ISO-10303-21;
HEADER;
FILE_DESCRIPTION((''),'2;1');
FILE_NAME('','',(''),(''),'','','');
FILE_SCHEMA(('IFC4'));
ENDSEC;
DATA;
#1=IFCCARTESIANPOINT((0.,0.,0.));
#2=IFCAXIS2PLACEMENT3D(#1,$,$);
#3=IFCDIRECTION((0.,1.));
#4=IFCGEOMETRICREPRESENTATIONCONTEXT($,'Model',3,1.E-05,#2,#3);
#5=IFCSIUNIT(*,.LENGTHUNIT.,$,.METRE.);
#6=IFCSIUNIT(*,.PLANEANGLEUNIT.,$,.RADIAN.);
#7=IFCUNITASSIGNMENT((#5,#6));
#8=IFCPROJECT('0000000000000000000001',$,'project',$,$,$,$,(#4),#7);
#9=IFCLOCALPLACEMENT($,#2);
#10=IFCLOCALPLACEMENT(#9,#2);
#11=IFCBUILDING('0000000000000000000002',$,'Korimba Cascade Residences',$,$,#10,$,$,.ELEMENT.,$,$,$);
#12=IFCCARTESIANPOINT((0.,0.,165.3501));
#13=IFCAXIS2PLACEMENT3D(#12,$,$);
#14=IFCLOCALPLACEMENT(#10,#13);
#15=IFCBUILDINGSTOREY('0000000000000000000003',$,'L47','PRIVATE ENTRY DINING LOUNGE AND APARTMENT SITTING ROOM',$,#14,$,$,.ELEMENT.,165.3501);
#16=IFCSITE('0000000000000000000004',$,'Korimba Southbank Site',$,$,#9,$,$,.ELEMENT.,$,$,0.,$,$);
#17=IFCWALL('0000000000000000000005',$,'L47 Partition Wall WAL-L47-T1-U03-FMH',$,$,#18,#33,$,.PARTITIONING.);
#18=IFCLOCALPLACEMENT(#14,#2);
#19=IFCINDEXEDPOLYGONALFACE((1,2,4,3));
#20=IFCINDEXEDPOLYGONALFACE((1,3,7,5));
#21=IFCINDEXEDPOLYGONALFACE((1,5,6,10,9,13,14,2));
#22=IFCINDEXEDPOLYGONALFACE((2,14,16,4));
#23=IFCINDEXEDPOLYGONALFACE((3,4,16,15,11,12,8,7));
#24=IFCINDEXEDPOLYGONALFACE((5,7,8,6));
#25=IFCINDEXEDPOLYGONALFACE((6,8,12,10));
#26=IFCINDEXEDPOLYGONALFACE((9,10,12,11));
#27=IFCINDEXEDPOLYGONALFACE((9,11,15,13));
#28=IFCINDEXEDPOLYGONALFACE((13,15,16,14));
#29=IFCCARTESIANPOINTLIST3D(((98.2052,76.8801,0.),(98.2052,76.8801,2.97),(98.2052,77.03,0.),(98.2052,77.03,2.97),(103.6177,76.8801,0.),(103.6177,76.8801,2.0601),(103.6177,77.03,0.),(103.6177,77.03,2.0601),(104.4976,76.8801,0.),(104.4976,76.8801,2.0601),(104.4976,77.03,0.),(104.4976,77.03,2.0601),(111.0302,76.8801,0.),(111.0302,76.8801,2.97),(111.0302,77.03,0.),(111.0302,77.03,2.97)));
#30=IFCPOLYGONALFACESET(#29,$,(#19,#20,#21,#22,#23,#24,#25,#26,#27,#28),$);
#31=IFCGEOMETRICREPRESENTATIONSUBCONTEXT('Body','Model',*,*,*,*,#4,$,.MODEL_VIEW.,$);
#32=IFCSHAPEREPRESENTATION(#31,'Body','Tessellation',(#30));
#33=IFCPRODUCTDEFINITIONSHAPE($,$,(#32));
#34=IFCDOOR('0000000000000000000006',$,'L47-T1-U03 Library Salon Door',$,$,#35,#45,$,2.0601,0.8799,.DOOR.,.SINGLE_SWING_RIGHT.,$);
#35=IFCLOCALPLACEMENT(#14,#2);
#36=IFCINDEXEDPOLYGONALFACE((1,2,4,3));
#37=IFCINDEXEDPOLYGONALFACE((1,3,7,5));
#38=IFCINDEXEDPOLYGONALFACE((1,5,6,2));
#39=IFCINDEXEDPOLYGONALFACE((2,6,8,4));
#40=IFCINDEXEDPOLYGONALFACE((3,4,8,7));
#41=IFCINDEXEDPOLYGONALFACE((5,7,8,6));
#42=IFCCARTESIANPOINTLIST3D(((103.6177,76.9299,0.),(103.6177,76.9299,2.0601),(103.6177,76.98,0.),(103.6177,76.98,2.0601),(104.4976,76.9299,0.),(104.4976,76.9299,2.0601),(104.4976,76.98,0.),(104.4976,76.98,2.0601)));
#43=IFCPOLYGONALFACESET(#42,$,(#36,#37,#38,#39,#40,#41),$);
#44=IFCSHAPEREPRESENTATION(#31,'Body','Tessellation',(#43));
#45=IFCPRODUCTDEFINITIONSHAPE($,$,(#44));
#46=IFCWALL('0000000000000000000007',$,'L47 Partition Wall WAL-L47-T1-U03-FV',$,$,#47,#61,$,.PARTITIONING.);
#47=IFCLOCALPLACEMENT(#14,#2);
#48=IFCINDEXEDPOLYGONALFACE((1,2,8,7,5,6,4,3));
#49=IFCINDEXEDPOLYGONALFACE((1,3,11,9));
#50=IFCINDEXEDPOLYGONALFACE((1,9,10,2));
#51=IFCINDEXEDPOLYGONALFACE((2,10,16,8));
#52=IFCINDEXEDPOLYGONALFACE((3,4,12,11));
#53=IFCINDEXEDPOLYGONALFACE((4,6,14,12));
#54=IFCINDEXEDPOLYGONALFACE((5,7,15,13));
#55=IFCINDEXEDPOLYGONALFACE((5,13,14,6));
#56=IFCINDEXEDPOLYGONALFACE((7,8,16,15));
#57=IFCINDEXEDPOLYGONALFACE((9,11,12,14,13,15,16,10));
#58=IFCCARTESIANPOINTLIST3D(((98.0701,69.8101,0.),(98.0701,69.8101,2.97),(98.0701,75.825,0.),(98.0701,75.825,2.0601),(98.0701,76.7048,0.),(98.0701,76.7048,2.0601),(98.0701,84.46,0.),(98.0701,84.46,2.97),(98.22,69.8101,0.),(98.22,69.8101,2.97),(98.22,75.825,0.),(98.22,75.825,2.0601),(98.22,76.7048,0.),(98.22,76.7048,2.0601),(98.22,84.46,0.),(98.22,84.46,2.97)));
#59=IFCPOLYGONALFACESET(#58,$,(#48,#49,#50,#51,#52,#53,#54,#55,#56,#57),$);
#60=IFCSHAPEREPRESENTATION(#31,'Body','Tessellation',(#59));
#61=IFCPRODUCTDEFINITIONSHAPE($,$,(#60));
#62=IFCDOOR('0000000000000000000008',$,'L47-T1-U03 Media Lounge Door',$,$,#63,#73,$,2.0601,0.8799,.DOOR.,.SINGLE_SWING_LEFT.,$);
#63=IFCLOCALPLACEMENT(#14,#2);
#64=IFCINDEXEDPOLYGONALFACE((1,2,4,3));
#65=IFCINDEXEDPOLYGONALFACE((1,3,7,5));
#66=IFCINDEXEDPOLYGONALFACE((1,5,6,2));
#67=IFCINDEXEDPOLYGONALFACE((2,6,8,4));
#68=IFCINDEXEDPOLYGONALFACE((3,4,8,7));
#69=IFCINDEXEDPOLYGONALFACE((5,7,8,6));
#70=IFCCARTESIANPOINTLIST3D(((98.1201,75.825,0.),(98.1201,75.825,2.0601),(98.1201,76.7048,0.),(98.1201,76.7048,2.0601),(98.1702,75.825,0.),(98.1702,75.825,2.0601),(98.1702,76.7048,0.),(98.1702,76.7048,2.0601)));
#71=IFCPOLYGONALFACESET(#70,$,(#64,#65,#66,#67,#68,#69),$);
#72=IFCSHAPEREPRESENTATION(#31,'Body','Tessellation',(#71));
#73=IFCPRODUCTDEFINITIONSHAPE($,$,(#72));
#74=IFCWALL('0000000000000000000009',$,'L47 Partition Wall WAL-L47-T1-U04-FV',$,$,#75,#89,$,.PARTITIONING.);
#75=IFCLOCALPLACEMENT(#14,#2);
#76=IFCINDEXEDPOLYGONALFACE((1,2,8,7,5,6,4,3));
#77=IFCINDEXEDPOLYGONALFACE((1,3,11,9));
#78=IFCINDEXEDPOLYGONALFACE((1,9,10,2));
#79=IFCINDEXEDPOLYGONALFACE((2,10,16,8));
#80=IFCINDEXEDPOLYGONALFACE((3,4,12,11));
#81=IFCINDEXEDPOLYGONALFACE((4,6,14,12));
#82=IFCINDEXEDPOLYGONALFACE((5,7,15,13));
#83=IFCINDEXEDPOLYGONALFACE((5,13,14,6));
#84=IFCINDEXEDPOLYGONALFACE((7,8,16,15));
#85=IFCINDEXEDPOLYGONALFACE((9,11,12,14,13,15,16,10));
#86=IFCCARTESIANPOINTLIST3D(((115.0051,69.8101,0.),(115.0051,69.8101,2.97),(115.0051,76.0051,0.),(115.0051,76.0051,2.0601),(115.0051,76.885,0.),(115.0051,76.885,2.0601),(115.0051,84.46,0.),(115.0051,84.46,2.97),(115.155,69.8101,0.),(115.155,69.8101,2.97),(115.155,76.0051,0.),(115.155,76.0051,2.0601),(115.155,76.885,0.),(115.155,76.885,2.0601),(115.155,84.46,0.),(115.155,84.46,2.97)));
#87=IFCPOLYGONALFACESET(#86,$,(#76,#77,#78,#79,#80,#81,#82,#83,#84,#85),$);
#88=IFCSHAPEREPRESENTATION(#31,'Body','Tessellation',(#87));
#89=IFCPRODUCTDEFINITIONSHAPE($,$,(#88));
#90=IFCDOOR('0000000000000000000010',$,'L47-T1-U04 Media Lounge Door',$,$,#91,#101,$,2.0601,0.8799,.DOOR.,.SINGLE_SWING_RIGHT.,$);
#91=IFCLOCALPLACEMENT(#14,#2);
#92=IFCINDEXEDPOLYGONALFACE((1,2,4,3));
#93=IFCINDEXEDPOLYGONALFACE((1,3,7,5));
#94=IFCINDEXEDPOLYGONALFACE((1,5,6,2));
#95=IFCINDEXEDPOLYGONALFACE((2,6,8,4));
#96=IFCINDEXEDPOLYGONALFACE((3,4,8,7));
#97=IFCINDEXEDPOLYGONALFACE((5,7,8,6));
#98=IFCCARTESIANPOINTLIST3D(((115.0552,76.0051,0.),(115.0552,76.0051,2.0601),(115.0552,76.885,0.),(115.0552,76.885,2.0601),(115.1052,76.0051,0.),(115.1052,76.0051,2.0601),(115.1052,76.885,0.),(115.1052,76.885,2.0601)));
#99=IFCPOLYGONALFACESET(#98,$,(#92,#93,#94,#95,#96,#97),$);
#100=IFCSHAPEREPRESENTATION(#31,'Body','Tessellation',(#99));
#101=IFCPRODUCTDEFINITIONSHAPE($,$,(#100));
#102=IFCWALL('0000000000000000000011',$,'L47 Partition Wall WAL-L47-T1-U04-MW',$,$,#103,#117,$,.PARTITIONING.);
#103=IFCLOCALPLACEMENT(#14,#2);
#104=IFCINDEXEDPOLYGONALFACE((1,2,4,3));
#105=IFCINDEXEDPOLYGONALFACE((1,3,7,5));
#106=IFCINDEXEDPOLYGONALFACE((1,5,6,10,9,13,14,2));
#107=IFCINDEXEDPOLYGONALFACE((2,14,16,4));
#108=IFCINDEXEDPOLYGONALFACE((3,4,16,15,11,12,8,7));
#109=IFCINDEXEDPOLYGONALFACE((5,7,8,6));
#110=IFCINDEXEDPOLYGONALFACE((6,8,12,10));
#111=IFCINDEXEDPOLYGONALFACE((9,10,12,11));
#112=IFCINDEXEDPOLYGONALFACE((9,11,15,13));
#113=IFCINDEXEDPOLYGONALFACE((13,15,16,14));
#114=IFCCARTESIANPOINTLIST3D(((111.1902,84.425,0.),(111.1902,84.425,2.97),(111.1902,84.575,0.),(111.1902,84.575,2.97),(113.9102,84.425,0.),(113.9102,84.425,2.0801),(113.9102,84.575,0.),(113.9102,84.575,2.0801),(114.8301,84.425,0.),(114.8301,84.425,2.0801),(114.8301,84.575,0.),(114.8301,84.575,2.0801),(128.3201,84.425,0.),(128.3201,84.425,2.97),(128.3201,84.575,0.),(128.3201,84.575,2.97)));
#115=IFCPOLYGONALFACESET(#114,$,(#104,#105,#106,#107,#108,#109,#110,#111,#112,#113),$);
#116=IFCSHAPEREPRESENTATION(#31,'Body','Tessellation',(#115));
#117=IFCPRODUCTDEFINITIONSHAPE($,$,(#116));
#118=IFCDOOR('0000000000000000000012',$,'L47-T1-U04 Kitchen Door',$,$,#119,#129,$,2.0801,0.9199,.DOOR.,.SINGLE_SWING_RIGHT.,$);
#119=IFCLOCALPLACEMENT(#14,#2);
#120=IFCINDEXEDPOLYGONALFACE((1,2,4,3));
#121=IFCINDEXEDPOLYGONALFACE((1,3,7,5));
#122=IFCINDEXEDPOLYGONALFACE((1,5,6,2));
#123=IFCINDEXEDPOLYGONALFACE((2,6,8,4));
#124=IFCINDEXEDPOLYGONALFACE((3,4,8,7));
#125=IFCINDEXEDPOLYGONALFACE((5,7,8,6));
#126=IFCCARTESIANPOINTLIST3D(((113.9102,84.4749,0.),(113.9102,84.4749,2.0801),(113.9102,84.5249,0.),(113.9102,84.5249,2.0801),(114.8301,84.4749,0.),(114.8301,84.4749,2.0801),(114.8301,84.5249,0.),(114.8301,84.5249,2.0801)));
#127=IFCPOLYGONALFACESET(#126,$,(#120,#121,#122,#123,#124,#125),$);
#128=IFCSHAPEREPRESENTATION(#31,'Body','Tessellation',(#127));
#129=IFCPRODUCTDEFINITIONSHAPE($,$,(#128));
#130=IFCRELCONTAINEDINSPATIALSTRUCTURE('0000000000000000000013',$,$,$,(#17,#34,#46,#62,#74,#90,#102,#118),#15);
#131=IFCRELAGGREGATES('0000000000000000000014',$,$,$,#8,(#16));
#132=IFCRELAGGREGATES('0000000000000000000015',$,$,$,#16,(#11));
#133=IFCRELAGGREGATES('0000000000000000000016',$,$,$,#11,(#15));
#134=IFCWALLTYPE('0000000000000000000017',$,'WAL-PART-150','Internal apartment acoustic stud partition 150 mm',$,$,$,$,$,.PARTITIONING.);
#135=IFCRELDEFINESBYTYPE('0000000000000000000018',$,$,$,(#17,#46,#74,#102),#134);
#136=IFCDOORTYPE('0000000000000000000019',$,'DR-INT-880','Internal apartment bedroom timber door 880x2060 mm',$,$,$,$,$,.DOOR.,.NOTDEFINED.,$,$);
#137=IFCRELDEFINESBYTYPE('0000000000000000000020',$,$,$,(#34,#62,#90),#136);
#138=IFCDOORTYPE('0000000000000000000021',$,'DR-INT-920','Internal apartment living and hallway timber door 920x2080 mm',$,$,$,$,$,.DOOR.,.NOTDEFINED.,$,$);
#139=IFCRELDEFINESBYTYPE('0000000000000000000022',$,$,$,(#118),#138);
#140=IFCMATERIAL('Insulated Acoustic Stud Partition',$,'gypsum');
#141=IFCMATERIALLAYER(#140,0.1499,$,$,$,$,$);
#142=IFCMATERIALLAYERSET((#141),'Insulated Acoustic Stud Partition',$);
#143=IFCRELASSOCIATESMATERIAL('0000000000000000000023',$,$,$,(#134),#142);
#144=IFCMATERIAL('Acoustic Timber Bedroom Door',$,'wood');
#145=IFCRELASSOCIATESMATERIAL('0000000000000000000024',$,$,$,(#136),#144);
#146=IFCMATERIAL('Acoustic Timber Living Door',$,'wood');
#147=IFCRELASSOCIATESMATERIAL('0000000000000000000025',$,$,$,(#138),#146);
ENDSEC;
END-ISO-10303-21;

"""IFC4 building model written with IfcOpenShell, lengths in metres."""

from ifc_helpers import new_model, si_unit, direction, frame, frame_2d, origin, place, context, subcontext, project, spatial, rectangle, extrude, material, layer, layer_set, type_object, element, fill, save


model = new_model("IFC4")

# Units and contexts
model_context = context("Model", 3, precision=1e-05, world=origin(), true_north=direction((0.0, 1.0)))
body_context = subcontext(model_context, "Body", "Model", "MODEL_VIEW")
ifc_project = project(units=[si_unit("LENGTHUNIT", "METRE"), si_unit("PLANEANGLEUNIT", "RADIAN")], contexts=[model_context])

# Site, building, storey
site_placement = place(None, origin())
site = spatial("IfcSite", under=ifc_project, at=site_placement, Name="Korimba Southbank Site", CompositionType="ELEMENT", RefElevation=0.0)
building_placement = place(site_placement, origin())
building = spatial("IfcBuilding", under=site, at=building_placement, Name="Korimba Cascade Residences", CompositionType="ELEMENT")
storey_placement = place(building_placement, frame((0.0, 0.0, 165.3501)))
storey = spatial("IfcBuildingStorey", under=building, at=storey_placement, Name="L47", Description="PRIVATE ENTRY DINING LOUNGE AND APARTMENT SITTING ROOM", CompositionType="ELEMENT", Elevation=165.3501)

# Shared definitions
ifc_material_1 = material(Name="Insulated Acoustic Stud Partition", Category="gypsum")
ifc_layer_1 = layer(ifc_material_1, 0.1499)
ifc_layer_set_1 = layer_set([ifc_layer_1], Name="Insulated Acoustic Stud Partition")
wall_type_1 = type_object("IfcWallType", Name="WAL-PART-150", Description="Internal apartment acoustic stud partition 150 mm", PredefinedType="PARTITIONING", material=ifc_layer_set_1)
ifc_material_2 = material(Name="Acoustic Timber Bedroom Door", Category="wood")
door_type_1 = type_object("IfcDoorType", Name="DR-INT-880", Description="Internal apartment bedroom timber door 880x2060 mm", OperationType="NOTDEFINED", PredefinedType="DOOR", material=ifc_material_2)

# Walls, openings, doors
wall_1_placement = place(storey_placement, frame((98.2051, 76.9551, 0.0), z_axis=(0.0, 0.0, 1.0), x_axis=(1.0, 0.0, 0.0)))
wall_1 = element("IfcWall", 1, at=wall_1_placement, inside=storey, type_object=wall_type_1, Name="L47 Partition Wall WAL-L47-T1-U03-FMH", PredefinedType="PARTITIONING", context=body_context, shape_type="SweptSolid", body=[
    extrude(rectangle(XDim=12.825, YDim=0.1499, at=frame_2d((6.4126, 0.0))), origin(), (0.0, 0.0, 1.0), 2.97),
])
opening_1_placement = place(wall_1_placement, frame((5.4126, 0.0, 0.0)))
opening_1 = element("IfcOpeningElement", 2, at=opening_1_placement, cuts=wall_1, PredefinedType="OPENING", context=body_context, shape_type="SweptSolid", body=[
    extrude(rectangle(XDim=0.8799, YDim=2.0601, at=frame_2d((0.4399, 1.03))), frame((0.0, 0.085, 0.0), z_axis=(0.0, -1.0, 0.0), x_axis=(1.0, 0.0, 0.0)), (0.0, 0.0, 1.0), 0.1699),
])
door_1_placement = place(opening_1_placement, origin())
door_1 = element("IfcDoor", 3, at=door_1_placement, inside=storey, type_object=door_type_1, Name="L47-T1-U03 Library Salon Door", OperationType="SINGLE_SWING_RIGHT", OverallHeight=2.0601, OverallWidth=0.8799, PredefinedType="DOOR", context=body_context, shape_type="SweptSolid", body=[
    extrude(rectangle(XDim=0.8799, YDim=2.0601, at=frame_2d((0.4399, 1.03))), frame((0.0, 0.0249, 0.0), z_axis=(0.0, -1.0, 0.0), x_axis=(1.0, 0.0, 0.0)), (0.0, 0.0, 1.0), 0.05),
])
fill(opening_1, door_1)
wall_2_placement = place(storey_placement, frame((98.145, 69.8101, 0.0), z_axis=(0.0, 0.0, 1.0), x_axis=(0.0, 1.0, 0.0)))
wall_2 = element("IfcWall", 4, at=wall_2_placement, inside=storey, type_object=wall_type_1, Name="L47 Partition Wall WAL-L47-T1-U03-FV", PredefinedType="PARTITIONING", context=body_context, shape_type="SweptSolid", body=[
    extrude(rectangle(XDim=14.6499, YDim=0.1499, at=frame_2d((7.325, 0.0))), origin(), (0.0, 0.0, 1.0), 2.97),
])
opening_2_placement = place(wall_2_placement, frame((6.0149, 0.0, 0.0)))
opening_2 = element("IfcOpeningElement", 5, at=opening_2_placement, cuts=wall_2, PredefinedType="OPENING", context=body_context, shape_type="SweptSolid", body=[
    extrude(rectangle(XDim=0.8799, YDim=2.0601, at=frame_2d((0.4399, 1.03))), frame((0.0, 0.085, 0.0), z_axis=(0.0, -1.0, 0.0), x_axis=(1.0, 0.0, 0.0)), (0.0, 0.0, 1.0), 0.1699),
])
door_2_placement = place(opening_2_placement, origin())
door_2 = element("IfcDoor", 6, at=door_2_placement, inside=storey, type_object=door_type_1, Name="L47-T1-U03 Media Lounge Door", OperationType="SINGLE_SWING_LEFT", OverallHeight=2.0601, OverallWidth=0.8799, PredefinedType="DOOR", context=body_context, shape_type="SweptSolid", body=[
    extrude(rectangle(XDim=0.8799, YDim=2.0601, at=frame_2d((0.4399, 1.03))), frame((0.0, 0.0249, 0.0), z_axis=(0.0, -1.0, 0.0), x_axis=(1.0, 0.0, 0.0)), (0.0, 0.0, 1.0), 0.05),
])
fill(opening_2, door_2)
wall_3_placement = place(storey_placement, frame((115.0801, 69.8101, 0.0), z_axis=(0.0, 0.0, 1.0), x_axis=(0.0, 1.0, 0.0)))
wall_3 = element("IfcWall", 7, at=wall_3_placement, inside=storey, type_object=wall_type_1, Name="L47 Partition Wall WAL-L47-T1-U04-FV", PredefinedType="PARTITIONING", context=body_context, shape_type="SweptSolid", body=[
    extrude(rectangle(XDim=14.6499, YDim=0.1499, at=frame_2d((7.325, 0.0))), origin(), (0.0, 0.0, 1.0), 2.97),
])
opening_3_placement = place(wall_3_placement, frame((6.1951, 0.0, 0.0)))
opening_3 = element("IfcOpeningElement", 8, at=opening_3_placement, cuts=wall_3, PredefinedType="OPENING", context=body_context, shape_type="SweptSolid", body=[
    extrude(rectangle(XDim=0.8799, YDim=2.0601, at=frame_2d((0.4399, 1.03))), frame((0.0, 0.085, 0.0), z_axis=(0.0, -1.0, 0.0), x_axis=(1.0, 0.0, 0.0)), (0.0, 0.0, 1.0), 0.1699),
])
door_3_placement = place(opening_3_placement, origin())
door_3 = element("IfcDoor", 9, at=door_3_placement, inside=storey, type_object=door_type_1, Name="L47-T1-U04 Media Lounge Door", OperationType="SINGLE_SWING_RIGHT", OverallHeight=2.0601, OverallWidth=0.8799, PredefinedType="DOOR", context=body_context, shape_type="SweptSolid", body=[
    extrude(rectangle(XDim=0.8799, YDim=2.0601, at=frame_2d((0.4399, 1.03))), frame((0.0, 0.0249, 0.0), z_axis=(0.0, -1.0, 0.0), x_axis=(1.0, 0.0, 0.0)), (0.0, 0.0, 1.0), 0.05),
])
fill(opening_3, door_3)
wall_4_placement = place(storey_placement, frame((111.1902, 84.5, 0.0), z_axis=(0.0, 0.0, 1.0), x_axis=(1.0, 0.0, 0.0)))
wall_4 = element("IfcWall", 10, at=wall_4_placement, inside=storey, type_object=wall_type_1, Name="L47 Partition Wall WAL-L47-T1-U04-MW", PredefinedType="PARTITIONING", context=body_context, shape_type="SweptSolid", body=[
    extrude(rectangle(XDim=17.1299, YDim=0.1499, at=frame_2d((8.5649, 0.0))), origin(), (0.0, 0.0, 1.0), 2.97),
])
opening_4_placement = place(wall_4_placement, frame((2.72, 0.0, 0.0)))
opening_4 = element("IfcOpeningElement", 11, at=opening_4_placement, cuts=wall_4, PredefinedType="OPENING", context=body_context, shape_type="SweptSolid", body=[
    extrude(rectangle(XDim=0.9199, YDim=2.0801, at=frame_2d((0.46, 1.04))), frame((0.0, 0.085, 0.0), z_axis=(0.0, -1.0, 0.0), x_axis=(1.0, 0.0, 0.0)), (0.0, 0.0, 1.0), 0.1699),
])
ifc_material_3 = material(Name="Acoustic Timber Living Door", Category="wood")
door_type_2 = type_object("IfcDoorType", Name="DR-INT-920", Description="Internal apartment living and hallway timber door 920x2080 mm", OperationType="NOTDEFINED", PredefinedType="DOOR", material=ifc_material_3)
door_4_placement = place(opening_4_placement, origin())
door_4 = element("IfcDoor", 12, at=door_4_placement, inside=storey, type_object=door_type_2, Name="L47-T1-U04 Kitchen Door", OperationType="SINGLE_SWING_RIGHT", OverallHeight=2.0801, OverallWidth=0.9199, PredefinedType="DOOR", context=body_context, shape_type="SweptSolid", body=[
    extrude(rectangle(XDim=0.9199, YDim=2.0801, at=frame_2d((0.46, 1.04))), frame((0.0, 0.0249, 0.0), z_axis=(0.0, -1.0, 0.0), x_axis=(1.0, 0.0, 0.0)), (0.0, 0.0, 1.0), 0.05),
])
fill(opening_4, door_4)

save(model, "model.ifc")
